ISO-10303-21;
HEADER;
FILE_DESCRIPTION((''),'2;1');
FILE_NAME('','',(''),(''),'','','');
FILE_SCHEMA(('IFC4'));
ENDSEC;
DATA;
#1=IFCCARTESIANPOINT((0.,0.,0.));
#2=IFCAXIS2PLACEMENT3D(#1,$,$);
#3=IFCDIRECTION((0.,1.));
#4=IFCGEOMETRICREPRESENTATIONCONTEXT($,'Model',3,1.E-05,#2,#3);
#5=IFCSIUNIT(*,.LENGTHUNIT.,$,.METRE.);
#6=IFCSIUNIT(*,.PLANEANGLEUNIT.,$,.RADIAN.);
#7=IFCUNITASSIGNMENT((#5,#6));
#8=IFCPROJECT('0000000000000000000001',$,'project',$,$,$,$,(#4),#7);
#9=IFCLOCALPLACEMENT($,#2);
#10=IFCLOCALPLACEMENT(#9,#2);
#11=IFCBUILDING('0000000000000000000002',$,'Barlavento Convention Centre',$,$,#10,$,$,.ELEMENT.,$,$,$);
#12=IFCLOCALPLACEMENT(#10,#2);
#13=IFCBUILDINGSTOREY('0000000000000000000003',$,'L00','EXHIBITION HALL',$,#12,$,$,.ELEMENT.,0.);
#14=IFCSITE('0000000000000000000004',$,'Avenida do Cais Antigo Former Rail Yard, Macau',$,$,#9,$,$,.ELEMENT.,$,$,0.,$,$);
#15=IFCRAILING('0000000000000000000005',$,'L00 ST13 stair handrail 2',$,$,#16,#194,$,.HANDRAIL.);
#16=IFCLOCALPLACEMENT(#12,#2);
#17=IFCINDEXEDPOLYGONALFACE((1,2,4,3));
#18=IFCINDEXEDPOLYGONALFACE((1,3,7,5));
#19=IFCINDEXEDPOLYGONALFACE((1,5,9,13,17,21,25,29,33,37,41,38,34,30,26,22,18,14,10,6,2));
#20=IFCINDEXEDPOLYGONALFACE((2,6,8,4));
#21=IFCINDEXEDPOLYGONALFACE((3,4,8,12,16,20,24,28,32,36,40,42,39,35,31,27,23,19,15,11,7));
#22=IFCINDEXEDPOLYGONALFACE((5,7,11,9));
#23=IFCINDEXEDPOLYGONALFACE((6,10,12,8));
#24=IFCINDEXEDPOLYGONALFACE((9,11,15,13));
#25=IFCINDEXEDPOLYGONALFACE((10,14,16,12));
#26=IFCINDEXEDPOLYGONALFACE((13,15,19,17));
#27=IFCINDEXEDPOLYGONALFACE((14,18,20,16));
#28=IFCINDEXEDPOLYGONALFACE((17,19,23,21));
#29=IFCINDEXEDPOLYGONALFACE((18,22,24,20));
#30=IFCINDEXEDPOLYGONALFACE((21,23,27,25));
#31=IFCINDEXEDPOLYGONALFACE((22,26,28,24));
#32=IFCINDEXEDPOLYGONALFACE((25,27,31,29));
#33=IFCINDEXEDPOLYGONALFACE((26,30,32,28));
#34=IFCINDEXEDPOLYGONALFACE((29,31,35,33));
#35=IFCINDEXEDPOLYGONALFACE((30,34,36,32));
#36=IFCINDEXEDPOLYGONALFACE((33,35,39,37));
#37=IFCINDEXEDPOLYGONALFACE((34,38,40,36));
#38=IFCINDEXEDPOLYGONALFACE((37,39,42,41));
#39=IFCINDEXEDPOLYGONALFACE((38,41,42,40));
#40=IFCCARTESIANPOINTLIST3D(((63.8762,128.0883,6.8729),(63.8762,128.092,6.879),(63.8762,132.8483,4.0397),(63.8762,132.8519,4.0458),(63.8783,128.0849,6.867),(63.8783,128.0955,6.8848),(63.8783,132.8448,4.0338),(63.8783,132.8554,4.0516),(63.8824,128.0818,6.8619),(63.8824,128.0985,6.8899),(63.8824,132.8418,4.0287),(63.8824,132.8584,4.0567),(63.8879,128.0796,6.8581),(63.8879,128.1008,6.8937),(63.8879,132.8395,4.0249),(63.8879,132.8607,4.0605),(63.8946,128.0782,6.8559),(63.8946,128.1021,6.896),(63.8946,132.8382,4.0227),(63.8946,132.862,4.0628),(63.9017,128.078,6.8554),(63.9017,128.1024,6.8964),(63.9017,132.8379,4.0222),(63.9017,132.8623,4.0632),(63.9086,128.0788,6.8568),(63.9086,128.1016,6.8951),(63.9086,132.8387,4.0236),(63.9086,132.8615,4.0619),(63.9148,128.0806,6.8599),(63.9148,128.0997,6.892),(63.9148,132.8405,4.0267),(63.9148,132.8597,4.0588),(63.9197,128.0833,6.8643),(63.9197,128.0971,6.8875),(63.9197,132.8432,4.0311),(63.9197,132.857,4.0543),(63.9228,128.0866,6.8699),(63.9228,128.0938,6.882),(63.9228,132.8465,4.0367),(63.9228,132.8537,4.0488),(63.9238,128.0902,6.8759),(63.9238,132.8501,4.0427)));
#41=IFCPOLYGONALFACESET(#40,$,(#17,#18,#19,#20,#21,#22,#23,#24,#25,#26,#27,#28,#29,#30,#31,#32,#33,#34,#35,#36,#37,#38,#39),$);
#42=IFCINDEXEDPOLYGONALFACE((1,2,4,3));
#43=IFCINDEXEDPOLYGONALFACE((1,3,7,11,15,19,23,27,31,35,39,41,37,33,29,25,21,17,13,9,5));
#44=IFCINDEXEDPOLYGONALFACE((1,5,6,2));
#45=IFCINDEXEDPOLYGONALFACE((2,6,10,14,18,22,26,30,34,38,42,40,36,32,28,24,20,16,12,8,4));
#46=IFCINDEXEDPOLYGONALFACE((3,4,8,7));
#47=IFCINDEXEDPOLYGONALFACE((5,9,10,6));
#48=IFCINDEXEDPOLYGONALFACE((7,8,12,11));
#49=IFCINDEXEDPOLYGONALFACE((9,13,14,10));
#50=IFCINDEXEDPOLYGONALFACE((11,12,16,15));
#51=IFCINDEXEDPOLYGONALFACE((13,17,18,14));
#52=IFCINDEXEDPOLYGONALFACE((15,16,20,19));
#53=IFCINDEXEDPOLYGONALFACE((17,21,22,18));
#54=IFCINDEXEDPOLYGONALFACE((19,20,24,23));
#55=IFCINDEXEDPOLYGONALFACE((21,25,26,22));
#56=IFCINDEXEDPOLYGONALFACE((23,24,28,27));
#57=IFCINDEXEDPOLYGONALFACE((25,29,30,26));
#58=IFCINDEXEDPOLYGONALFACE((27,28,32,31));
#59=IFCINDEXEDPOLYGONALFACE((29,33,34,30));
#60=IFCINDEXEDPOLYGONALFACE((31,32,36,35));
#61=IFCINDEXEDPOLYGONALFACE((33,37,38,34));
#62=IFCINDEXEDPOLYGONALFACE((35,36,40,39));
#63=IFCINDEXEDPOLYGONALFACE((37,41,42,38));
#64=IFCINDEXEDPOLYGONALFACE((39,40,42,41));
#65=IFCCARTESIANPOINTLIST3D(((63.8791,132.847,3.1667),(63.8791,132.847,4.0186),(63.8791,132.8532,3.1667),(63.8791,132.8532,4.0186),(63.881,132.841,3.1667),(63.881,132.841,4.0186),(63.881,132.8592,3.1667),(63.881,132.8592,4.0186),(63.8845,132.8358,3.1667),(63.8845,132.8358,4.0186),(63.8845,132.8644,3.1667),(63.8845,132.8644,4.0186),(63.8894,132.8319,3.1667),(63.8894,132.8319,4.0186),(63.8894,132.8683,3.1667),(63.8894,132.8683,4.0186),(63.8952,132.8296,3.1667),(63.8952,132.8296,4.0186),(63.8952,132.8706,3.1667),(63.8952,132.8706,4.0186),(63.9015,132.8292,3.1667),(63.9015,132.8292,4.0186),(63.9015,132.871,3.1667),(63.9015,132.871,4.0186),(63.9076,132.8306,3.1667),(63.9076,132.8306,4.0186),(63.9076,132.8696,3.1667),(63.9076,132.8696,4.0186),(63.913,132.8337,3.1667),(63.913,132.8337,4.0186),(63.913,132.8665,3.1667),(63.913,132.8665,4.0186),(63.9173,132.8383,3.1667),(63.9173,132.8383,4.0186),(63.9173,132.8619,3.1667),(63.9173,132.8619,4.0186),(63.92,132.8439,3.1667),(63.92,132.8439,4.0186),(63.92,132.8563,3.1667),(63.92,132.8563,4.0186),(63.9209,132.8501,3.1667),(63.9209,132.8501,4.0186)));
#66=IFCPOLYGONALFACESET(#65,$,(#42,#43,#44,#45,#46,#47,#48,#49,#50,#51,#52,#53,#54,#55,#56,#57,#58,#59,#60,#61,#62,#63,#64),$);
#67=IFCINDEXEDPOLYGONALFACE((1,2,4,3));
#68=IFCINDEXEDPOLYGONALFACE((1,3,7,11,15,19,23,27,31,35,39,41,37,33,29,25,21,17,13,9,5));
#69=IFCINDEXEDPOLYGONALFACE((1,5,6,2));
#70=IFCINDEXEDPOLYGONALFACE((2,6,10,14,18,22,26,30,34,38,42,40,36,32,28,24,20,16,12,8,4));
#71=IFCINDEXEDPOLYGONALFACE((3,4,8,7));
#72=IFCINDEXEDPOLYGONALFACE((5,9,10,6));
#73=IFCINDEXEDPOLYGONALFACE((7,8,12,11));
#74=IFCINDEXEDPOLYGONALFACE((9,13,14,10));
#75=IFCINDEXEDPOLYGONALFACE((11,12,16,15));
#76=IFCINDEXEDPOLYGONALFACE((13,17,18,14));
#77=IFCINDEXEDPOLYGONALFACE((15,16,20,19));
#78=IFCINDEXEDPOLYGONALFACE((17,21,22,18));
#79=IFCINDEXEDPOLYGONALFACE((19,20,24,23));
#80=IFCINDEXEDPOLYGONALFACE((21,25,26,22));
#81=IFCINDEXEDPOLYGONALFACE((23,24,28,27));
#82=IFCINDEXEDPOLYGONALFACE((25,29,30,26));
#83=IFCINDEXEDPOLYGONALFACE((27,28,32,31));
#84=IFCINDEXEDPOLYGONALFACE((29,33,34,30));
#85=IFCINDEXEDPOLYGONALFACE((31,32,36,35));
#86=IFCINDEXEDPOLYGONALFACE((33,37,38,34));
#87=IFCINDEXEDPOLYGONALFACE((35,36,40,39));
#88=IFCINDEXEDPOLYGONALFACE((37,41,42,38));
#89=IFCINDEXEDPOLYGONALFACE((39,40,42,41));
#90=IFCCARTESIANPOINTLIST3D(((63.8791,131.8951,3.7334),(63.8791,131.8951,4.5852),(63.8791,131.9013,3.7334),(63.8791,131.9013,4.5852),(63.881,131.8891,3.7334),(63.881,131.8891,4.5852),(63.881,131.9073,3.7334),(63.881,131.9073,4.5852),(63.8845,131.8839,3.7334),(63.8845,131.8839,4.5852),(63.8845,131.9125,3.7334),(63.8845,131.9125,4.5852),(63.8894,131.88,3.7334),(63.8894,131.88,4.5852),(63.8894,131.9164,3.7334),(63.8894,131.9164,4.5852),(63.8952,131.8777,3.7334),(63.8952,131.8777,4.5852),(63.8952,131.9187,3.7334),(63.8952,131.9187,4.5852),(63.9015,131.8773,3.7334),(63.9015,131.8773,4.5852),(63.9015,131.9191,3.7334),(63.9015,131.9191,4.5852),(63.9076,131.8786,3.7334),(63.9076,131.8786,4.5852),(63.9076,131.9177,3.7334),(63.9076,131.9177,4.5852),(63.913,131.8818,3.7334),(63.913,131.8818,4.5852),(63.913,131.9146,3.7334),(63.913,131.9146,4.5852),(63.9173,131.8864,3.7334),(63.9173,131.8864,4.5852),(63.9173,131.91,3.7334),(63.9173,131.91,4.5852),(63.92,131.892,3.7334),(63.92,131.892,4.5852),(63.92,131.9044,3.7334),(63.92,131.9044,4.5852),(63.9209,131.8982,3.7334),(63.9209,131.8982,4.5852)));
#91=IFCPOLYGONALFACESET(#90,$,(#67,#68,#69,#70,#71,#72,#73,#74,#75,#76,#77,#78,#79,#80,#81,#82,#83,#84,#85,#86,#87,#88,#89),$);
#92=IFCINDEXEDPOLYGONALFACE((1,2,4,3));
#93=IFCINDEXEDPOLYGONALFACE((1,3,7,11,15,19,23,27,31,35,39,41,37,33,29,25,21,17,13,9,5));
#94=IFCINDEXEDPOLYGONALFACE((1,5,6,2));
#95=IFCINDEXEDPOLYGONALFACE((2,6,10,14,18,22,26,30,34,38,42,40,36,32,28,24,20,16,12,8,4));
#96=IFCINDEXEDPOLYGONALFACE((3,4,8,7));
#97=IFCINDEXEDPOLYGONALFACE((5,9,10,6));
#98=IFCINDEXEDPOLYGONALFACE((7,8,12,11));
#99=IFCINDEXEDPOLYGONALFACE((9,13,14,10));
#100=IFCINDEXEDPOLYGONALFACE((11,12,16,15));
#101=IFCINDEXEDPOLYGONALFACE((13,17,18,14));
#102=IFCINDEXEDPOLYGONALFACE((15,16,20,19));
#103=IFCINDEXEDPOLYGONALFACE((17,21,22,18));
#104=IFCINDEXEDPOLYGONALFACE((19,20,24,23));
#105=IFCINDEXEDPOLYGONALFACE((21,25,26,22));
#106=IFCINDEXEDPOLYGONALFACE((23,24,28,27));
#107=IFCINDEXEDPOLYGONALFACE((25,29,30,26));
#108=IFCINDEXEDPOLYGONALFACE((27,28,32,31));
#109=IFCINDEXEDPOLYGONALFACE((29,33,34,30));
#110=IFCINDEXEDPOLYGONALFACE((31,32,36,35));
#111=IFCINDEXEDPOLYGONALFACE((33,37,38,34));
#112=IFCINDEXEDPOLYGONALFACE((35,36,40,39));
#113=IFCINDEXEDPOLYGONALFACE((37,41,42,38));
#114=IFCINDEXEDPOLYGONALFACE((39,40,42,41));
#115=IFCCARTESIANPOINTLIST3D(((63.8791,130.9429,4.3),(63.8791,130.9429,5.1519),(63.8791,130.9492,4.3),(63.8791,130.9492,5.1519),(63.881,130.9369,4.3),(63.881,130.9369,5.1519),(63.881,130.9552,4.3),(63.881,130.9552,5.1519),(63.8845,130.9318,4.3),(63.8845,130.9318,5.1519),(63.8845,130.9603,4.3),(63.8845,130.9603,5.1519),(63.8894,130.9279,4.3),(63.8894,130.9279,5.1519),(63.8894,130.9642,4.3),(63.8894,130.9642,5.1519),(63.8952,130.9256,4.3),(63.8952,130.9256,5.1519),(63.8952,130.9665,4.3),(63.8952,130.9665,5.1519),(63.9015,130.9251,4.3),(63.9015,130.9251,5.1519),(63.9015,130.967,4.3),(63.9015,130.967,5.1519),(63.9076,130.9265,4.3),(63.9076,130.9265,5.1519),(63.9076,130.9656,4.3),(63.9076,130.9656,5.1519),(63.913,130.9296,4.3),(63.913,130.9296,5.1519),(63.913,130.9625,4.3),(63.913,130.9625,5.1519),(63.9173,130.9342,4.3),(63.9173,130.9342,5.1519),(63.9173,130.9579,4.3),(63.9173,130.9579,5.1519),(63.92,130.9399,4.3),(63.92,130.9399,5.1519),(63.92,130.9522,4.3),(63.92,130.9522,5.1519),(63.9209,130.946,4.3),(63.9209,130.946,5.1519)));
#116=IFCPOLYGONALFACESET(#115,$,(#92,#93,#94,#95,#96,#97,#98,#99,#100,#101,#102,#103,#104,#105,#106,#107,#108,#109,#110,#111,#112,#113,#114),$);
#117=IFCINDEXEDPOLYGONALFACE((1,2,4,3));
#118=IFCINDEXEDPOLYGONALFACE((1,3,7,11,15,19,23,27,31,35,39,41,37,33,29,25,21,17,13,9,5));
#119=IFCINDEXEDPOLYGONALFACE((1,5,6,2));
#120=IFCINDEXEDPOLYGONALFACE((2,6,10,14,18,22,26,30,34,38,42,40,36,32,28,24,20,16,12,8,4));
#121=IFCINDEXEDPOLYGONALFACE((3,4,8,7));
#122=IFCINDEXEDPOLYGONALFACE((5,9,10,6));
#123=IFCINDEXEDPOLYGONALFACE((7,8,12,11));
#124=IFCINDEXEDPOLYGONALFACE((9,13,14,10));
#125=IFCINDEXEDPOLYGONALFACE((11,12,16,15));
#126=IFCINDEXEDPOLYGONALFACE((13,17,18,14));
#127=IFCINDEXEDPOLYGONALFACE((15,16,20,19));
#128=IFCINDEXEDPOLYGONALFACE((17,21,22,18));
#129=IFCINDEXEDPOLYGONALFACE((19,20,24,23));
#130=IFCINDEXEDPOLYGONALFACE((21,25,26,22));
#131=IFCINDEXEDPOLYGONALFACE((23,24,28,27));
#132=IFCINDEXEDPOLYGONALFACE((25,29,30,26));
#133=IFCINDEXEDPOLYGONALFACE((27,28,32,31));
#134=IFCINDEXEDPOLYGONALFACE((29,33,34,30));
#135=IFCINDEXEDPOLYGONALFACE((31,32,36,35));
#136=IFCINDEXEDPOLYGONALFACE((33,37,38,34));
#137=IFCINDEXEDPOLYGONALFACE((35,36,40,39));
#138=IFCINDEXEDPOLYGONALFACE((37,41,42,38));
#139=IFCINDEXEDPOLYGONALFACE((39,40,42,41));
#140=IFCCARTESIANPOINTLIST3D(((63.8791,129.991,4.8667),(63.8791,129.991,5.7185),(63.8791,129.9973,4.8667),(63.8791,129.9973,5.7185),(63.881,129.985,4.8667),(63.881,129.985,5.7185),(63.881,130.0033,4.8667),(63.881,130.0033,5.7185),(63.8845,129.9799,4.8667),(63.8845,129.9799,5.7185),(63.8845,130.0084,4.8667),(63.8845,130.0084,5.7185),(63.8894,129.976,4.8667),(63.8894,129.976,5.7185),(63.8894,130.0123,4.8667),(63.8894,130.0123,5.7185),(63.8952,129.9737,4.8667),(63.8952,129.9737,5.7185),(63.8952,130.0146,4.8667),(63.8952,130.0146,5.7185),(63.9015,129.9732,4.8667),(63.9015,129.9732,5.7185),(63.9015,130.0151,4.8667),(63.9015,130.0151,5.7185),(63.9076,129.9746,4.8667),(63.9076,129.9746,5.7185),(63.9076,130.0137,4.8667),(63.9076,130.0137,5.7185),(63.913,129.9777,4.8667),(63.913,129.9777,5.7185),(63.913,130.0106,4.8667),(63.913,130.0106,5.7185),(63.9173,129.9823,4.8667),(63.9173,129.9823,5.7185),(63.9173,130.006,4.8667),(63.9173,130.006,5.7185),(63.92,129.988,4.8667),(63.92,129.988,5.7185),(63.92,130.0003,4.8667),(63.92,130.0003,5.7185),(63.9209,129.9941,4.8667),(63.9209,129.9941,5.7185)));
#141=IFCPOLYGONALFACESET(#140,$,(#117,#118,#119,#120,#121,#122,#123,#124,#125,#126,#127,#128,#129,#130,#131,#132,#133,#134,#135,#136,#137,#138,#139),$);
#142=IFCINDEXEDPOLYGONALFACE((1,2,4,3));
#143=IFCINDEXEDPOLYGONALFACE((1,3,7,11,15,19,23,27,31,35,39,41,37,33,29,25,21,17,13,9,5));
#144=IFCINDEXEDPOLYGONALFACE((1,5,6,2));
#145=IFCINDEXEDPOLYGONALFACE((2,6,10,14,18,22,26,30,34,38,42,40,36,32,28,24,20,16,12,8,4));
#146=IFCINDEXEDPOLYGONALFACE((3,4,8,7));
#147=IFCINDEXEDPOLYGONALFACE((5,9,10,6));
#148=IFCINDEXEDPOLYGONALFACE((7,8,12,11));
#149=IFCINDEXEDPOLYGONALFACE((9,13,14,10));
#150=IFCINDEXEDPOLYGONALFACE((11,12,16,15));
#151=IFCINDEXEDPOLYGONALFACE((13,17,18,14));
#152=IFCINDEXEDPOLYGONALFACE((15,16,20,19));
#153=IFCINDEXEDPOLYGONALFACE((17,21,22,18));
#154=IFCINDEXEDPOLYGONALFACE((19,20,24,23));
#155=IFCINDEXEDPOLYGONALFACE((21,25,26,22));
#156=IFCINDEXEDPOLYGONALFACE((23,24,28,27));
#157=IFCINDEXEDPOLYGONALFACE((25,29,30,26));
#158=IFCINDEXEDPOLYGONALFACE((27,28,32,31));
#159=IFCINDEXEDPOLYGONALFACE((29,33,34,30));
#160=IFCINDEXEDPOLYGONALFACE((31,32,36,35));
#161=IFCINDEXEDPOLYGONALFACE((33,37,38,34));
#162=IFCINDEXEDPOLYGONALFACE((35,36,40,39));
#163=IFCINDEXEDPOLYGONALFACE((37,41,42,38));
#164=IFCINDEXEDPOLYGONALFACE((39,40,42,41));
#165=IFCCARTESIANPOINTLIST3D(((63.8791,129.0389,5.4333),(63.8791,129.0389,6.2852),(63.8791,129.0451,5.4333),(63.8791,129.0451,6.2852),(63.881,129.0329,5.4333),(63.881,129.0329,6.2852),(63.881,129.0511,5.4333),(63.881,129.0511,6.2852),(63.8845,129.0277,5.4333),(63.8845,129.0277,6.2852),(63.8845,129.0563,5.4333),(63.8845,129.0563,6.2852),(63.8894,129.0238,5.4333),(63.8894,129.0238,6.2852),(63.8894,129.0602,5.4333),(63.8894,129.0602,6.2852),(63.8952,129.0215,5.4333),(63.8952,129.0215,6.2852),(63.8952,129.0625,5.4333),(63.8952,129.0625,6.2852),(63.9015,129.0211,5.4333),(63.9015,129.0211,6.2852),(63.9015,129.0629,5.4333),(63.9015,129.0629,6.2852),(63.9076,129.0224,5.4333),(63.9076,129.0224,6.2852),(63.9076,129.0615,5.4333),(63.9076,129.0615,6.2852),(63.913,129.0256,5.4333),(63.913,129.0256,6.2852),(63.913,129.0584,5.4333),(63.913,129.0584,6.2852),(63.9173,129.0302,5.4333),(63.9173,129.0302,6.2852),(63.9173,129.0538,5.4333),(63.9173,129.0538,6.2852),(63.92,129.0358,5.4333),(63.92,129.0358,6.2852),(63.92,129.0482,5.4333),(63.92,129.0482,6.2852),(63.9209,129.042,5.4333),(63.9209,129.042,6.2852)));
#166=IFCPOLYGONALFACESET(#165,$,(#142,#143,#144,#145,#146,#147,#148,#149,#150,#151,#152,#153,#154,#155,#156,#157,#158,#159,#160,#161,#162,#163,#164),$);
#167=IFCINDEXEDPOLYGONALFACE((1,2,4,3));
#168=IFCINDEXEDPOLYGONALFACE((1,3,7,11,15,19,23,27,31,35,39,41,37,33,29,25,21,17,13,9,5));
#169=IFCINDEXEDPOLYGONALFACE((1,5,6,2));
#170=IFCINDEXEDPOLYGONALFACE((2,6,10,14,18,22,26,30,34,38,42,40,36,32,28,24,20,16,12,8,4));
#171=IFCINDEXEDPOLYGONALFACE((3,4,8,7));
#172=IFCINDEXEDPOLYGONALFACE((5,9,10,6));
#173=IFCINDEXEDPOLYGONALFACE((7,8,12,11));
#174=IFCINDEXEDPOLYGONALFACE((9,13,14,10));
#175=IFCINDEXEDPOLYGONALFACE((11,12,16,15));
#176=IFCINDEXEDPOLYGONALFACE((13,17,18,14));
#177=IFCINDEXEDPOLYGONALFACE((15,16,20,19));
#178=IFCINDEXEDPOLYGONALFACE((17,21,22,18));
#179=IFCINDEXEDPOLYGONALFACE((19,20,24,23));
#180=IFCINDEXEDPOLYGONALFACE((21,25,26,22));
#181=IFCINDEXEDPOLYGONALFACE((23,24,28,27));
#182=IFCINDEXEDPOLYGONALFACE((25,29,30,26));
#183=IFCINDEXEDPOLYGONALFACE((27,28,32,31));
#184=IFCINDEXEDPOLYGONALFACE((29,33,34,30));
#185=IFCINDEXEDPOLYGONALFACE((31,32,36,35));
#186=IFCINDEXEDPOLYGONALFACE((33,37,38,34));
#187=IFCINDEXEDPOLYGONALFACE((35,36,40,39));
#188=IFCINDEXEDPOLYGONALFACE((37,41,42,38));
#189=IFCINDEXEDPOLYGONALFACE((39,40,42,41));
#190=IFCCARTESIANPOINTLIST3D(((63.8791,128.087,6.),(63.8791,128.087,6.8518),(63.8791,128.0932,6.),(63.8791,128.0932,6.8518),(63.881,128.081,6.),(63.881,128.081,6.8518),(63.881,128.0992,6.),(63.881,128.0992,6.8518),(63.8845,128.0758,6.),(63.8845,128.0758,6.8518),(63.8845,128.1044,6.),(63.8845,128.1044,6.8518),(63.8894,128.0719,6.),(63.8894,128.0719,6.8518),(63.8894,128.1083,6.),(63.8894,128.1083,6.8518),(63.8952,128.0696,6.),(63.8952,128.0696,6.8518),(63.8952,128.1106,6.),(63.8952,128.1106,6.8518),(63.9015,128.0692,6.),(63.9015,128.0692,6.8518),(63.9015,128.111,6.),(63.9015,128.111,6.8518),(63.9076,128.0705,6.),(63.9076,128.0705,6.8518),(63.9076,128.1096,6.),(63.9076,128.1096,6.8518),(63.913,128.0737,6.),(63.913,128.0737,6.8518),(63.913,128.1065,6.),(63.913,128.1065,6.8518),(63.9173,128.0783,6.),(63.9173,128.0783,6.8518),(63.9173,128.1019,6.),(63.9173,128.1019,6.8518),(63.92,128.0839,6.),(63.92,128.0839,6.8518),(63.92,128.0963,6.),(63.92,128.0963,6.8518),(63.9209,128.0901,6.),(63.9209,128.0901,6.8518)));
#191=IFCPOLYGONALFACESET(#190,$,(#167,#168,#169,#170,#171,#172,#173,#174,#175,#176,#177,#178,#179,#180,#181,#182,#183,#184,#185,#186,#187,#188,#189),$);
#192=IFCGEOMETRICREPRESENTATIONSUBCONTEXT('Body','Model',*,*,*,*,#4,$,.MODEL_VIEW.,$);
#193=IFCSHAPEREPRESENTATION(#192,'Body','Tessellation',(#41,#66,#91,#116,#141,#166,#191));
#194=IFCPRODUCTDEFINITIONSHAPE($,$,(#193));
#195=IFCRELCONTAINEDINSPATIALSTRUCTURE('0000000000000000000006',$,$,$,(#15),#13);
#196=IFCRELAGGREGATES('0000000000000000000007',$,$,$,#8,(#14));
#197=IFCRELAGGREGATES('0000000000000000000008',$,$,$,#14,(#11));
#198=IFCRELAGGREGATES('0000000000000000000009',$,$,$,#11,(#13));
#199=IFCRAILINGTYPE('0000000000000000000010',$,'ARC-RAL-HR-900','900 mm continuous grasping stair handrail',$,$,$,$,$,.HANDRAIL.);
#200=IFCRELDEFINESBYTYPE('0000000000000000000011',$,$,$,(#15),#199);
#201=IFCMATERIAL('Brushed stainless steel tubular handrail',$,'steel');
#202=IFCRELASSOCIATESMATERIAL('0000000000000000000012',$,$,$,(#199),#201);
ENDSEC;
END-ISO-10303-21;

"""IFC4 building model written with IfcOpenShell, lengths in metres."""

from ifc_helpers import new_model, si_unit, direction, frame, origin, origin_2d, place, context, subcontext, project, spatial, circle, extrude, material, type_object, element, save


model = new_model("IFC4")

# Units and contexts
model_context = context("Model", 3, precision=1e-05, world=origin(), true_north=direction((0.0, 1.0)))
body_context = subcontext(model_context, "Body", "Model", "MODEL_VIEW")
ifc_project = project(units=[si_unit("LENGTHUNIT", "METRE"), si_unit("PLANEANGLEUNIT", "RADIAN")], contexts=[model_context])

# Site, building, storey
site_placement = place(None, origin())
site = spatial("IfcSite", under=ifc_project, at=site_placement, Name="Avenida do Cais Antigo Former Rail Yard, Macau", CompositionType="ELEMENT", RefElevation=0.0)
building_placement = place(site_placement, origin())
building = spatial("IfcBuilding", under=site, at=building_placement, Name="Barlavento Convention Centre", CompositionType="ELEMENT")
storey_placement = place(building_placement, origin())
storey = spatial("IfcBuildingStorey", under=building, at=storey_placement, Name="L00", Description="EXHIBITION HALL", CompositionType="ELEMENT", Elevation=0.0)

# Railing
ifc_material_1 = material(Name="Brushed stainless steel tubular handrail", Category="steel")
railing_type_1 = type_object("IfcRailingType", Name="ARC-RAL-HR-900", Description="900 mm continuous grasping stair handrail", PredefinedType="HANDRAIL", material=ifc_material_1)
railing_1_placement = place(storey_placement, frame((63.8999, 132.8501, 3.1667)))
element("IfcRailing", 1, at=railing_1_placement, inside=storey, type_object=railing_type_1, Name="L00 ST13 stair handrail 2", PredefinedType="HANDRAIL", context=body_context, shape_type="SweptSolid", body=[
    extrude(circle(Radius=0.0239, at=origin_2d()), frame((0.0, 0.0, 0.876), z_axis=(0.0, -0.8593, 0.511472), x_axis=(1.0, 0.0, 0.0)), (0.0, 0.0, 1.0), 5.5393),
    extrude(circle(Radius=0.021, at=origin_2d()), origin(), (0.0, 0.0, 1.0), 0.8518),
    extrude(circle(Radius=0.021, at=origin_2d()), frame((0.0, -0.9519, 0.5667)), (0.0, 0.0, 1.0), 0.8518),
    extrude(circle(Radius=0.021, at=origin_2d()), frame((0.0, -1.9041, 1.1333)), (0.0, 0.0, 1.0), 0.8518),
    extrude(circle(Radius=0.021, at=origin_2d()), frame((0.0, -2.856, 1.7)), (0.0, 0.0, 1.0), 0.8518),
    extrude(circle(Radius=0.021, at=origin_2d()), frame((0.0, -3.8081, 2.2666)), (0.0, 0.0, 1.0), 0.8518),
    extrude(circle(Radius=0.021, at=origin_2d()), frame((0.0, -4.76, 2.8333)), (0.0, 0.0, 1.0), 0.8518),
])

save(model, "model.ifc")
